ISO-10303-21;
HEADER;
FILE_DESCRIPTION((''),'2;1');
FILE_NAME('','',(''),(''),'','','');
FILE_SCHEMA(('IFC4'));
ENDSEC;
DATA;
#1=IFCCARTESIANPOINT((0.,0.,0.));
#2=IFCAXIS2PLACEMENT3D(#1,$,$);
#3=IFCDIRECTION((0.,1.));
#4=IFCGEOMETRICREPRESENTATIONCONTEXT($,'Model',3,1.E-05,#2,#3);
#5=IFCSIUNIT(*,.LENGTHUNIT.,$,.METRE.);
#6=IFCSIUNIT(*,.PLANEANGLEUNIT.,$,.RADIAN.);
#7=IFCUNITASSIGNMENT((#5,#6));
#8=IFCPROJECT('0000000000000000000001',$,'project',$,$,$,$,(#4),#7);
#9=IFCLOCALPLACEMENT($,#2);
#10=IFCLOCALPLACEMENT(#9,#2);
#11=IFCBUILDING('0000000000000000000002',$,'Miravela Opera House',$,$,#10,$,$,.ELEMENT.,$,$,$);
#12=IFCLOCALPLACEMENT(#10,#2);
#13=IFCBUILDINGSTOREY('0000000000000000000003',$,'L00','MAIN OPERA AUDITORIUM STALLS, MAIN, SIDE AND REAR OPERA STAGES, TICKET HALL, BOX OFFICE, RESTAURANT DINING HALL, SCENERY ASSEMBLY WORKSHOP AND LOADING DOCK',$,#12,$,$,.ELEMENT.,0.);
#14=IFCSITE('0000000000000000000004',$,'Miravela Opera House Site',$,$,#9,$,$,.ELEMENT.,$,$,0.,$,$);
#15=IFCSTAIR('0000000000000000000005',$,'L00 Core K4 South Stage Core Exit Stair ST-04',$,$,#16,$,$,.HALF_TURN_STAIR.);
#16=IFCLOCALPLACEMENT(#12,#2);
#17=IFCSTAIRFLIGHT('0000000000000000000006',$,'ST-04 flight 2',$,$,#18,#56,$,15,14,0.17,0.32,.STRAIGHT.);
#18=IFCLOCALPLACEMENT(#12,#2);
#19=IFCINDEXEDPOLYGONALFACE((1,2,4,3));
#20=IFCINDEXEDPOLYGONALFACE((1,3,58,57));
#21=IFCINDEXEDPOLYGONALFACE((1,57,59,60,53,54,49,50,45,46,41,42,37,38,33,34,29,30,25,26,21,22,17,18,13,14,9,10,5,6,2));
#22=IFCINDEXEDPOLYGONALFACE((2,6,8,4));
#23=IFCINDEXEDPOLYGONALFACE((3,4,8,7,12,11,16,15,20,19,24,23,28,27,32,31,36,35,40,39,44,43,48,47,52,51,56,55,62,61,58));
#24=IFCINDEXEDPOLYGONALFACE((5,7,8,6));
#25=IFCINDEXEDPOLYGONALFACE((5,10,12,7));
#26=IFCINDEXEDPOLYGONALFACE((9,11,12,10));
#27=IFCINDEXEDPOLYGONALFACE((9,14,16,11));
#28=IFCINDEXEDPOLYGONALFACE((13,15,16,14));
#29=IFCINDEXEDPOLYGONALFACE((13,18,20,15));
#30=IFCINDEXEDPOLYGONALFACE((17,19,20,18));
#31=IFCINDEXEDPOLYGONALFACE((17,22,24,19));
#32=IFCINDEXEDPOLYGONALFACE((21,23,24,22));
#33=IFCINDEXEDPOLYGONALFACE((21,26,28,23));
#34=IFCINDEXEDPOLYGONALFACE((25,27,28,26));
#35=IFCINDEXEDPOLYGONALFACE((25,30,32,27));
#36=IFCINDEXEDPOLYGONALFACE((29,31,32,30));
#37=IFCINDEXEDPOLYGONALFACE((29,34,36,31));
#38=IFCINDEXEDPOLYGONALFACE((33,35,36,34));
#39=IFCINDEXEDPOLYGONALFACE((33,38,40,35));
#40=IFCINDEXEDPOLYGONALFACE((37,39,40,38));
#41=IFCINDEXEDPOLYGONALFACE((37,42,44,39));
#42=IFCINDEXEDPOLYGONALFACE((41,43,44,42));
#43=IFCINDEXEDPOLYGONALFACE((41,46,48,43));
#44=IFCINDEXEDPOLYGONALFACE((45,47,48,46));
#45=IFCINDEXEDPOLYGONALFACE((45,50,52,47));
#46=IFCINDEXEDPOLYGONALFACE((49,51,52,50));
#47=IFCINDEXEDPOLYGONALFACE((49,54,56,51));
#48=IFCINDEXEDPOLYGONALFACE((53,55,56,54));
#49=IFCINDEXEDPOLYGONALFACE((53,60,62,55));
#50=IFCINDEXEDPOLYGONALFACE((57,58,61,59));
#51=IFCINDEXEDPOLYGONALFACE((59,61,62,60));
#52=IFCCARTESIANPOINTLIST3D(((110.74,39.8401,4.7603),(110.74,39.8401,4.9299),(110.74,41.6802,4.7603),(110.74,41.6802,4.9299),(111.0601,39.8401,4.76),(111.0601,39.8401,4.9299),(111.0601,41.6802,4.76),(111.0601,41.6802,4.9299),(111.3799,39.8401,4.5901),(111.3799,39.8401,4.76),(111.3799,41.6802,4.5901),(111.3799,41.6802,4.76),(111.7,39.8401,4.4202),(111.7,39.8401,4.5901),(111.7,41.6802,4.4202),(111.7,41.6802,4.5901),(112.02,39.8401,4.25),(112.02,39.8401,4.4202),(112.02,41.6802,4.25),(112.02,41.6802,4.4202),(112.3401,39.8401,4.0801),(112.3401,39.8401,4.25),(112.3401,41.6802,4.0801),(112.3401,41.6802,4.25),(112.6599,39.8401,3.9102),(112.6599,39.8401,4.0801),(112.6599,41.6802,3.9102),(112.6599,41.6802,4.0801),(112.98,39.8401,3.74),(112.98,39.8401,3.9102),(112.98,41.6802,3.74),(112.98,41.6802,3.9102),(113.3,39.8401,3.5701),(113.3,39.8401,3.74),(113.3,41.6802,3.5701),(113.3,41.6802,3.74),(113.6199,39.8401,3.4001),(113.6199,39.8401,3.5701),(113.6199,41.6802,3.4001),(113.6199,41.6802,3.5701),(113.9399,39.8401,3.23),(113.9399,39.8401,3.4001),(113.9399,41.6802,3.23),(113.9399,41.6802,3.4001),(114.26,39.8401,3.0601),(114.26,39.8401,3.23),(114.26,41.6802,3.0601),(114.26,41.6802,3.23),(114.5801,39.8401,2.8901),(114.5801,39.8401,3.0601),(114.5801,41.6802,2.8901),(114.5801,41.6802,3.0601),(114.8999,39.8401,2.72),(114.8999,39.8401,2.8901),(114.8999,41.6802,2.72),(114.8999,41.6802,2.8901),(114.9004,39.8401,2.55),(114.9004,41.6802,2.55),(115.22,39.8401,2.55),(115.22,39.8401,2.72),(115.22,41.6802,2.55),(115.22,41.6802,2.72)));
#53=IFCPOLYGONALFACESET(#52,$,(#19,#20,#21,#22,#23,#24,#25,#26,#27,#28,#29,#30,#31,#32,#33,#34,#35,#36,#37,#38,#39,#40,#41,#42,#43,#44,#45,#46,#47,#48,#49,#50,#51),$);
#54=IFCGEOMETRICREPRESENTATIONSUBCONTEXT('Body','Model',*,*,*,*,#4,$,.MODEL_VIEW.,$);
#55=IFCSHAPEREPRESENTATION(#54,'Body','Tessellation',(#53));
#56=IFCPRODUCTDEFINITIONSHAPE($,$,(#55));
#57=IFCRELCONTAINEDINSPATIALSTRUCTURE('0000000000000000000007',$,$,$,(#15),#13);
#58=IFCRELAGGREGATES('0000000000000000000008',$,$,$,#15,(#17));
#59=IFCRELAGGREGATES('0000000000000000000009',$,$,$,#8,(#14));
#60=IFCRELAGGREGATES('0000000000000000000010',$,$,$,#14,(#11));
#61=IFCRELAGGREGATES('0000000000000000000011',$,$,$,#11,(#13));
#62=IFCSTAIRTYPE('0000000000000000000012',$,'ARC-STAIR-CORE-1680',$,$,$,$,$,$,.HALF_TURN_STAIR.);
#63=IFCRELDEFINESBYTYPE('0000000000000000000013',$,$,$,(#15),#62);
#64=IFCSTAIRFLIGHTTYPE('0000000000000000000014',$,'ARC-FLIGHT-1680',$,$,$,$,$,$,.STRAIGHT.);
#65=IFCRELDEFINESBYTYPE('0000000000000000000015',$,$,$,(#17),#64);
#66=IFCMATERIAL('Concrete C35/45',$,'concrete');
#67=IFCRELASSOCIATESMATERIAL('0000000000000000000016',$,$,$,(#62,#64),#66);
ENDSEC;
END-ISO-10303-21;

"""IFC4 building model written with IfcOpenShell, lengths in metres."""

from ifc_helpers import new_model, si_unit, direction, frame, origin, place, context, subcontext, project, spatial, polyline, outline, extrude, material, type_object, element, aggregate, save


model = new_model("IFC4")

# Units and contexts
model_context = context("Model", 3, precision=1e-05, world=origin(), true_north=direction((0.0, 1.0)))
body_context = subcontext(model_context, "Body", "Model", "MODEL_VIEW")
ifc_project = project(units=[si_unit("LENGTHUNIT", "METRE"), si_unit("PLANEANGLEUNIT", "RADIAN")], contexts=[model_context])

# Site, building, storey
site_placement = place(None, origin())
site = spatial("IfcSite", under=ifc_project, at=site_placement, Name="Miravela Opera House Site", CompositionType="ELEMENT", RefElevation=0.0)
building_placement = place(site_placement, origin())
building = spatial("IfcBuilding", under=site, at=building_placement, Name="Miravela Opera House", CompositionType="ELEMENT")
storey_placement = place(building_placement, origin())
storey = spatial("IfcBuildingStorey", under=building, at=storey_placement, Name="L00", Description="MAIN OPERA AUDITORIUM STALLS, MAIN, SIDE AND REAR OPERA STAGES, TICKET HALL, BOX OFFICE, RESTAURANT DINING HALL, SCENERY ASSEMBLY WORKSHOP AND LOADING DOCK", CompositionType="ELEMENT", Elevation=0.0)

# Shared definitions
ifc_material_1 = material(Name="Concrete C35/45", Category="concrete")

# Stair, stair flight
stair_type = type_object("IfcStairType", Name="ARC-STAIR-CORE-1680", PredefinedType="HALF_TURN_STAIR", material=ifc_material_1)
stair_placement = place(storey_placement, origin())
stair = element("IfcStair", 1, at=stair_placement, inside=storey, type_object=stair_type, Name="L00 Core K4 South Stage Core Exit Stair ST-04", PredefinedType="HALF_TURN_STAIR")
stair_flight_type = type_object("IfcStairFlightType", Name="ARC-FLIGHT-1680", PredefinedType="STRAIGHT", material=ifc_material_1)
stair_flight_1_placement = place(storey_placement, frame((115.22, 40.76, 2.55), z_axis=(0.0, 0.0, 1.0), x_axis=(-1.0, 0.0, 0.0)))
stair_flight_1 = element("IfcStairFlight", 2, at=stair_flight_1_placement, type_object=stair_flight_type, Name="ST-04 flight 2", NumberOfRisers=15, NumberOfTreads=14, PredefinedType="STRAIGHT", RiserHeight=0.17, TreadLength=0.32, context=body_context, shape_type="SweptSolid", body=[
    extrude(outline(polyline([(0.0, 0.0), (0.0, 0.1699), (0.3201, 0.1699), (0.3201, 0.3401), (0.6399, 0.3401), (0.6399, 0.51), (0.96, 0.51), (0.96, 0.6799), (1.28, 0.6799), (1.28, 0.8501), (1.6001, 0.8501), (1.6001, 1.02), (1.9199, 1.02), (1.9199, 1.1899), (2.24, 1.1899), (2.24, 1.3601), (2.5601, 1.3601), (2.5601, 1.53), (2.8799, 1.53), (2.8799, 1.7), (3.2, 1.7), (3.2, 1.8701), (3.52, 1.8701), (3.52, 2.04), (3.8401, 2.04), (3.8401, 2.21), (4.1599, 2.21), (4.1599, 2.3799), (4.48, 2.3799), (4.48, 2.55), (4.48, 2.2102), (0.3196, 0.0), (0.0, 0.0)])), frame((0.0, 0.9199, 0.0), z_axis=(0.0, -1.0, 0.0), x_axis=(1.0, 0.0, 0.0)), (0.0, 0.0, 1.0), 1.8401),
])
aggregate(stair, [stair_flight_1])

save(model, "model.ifc")
